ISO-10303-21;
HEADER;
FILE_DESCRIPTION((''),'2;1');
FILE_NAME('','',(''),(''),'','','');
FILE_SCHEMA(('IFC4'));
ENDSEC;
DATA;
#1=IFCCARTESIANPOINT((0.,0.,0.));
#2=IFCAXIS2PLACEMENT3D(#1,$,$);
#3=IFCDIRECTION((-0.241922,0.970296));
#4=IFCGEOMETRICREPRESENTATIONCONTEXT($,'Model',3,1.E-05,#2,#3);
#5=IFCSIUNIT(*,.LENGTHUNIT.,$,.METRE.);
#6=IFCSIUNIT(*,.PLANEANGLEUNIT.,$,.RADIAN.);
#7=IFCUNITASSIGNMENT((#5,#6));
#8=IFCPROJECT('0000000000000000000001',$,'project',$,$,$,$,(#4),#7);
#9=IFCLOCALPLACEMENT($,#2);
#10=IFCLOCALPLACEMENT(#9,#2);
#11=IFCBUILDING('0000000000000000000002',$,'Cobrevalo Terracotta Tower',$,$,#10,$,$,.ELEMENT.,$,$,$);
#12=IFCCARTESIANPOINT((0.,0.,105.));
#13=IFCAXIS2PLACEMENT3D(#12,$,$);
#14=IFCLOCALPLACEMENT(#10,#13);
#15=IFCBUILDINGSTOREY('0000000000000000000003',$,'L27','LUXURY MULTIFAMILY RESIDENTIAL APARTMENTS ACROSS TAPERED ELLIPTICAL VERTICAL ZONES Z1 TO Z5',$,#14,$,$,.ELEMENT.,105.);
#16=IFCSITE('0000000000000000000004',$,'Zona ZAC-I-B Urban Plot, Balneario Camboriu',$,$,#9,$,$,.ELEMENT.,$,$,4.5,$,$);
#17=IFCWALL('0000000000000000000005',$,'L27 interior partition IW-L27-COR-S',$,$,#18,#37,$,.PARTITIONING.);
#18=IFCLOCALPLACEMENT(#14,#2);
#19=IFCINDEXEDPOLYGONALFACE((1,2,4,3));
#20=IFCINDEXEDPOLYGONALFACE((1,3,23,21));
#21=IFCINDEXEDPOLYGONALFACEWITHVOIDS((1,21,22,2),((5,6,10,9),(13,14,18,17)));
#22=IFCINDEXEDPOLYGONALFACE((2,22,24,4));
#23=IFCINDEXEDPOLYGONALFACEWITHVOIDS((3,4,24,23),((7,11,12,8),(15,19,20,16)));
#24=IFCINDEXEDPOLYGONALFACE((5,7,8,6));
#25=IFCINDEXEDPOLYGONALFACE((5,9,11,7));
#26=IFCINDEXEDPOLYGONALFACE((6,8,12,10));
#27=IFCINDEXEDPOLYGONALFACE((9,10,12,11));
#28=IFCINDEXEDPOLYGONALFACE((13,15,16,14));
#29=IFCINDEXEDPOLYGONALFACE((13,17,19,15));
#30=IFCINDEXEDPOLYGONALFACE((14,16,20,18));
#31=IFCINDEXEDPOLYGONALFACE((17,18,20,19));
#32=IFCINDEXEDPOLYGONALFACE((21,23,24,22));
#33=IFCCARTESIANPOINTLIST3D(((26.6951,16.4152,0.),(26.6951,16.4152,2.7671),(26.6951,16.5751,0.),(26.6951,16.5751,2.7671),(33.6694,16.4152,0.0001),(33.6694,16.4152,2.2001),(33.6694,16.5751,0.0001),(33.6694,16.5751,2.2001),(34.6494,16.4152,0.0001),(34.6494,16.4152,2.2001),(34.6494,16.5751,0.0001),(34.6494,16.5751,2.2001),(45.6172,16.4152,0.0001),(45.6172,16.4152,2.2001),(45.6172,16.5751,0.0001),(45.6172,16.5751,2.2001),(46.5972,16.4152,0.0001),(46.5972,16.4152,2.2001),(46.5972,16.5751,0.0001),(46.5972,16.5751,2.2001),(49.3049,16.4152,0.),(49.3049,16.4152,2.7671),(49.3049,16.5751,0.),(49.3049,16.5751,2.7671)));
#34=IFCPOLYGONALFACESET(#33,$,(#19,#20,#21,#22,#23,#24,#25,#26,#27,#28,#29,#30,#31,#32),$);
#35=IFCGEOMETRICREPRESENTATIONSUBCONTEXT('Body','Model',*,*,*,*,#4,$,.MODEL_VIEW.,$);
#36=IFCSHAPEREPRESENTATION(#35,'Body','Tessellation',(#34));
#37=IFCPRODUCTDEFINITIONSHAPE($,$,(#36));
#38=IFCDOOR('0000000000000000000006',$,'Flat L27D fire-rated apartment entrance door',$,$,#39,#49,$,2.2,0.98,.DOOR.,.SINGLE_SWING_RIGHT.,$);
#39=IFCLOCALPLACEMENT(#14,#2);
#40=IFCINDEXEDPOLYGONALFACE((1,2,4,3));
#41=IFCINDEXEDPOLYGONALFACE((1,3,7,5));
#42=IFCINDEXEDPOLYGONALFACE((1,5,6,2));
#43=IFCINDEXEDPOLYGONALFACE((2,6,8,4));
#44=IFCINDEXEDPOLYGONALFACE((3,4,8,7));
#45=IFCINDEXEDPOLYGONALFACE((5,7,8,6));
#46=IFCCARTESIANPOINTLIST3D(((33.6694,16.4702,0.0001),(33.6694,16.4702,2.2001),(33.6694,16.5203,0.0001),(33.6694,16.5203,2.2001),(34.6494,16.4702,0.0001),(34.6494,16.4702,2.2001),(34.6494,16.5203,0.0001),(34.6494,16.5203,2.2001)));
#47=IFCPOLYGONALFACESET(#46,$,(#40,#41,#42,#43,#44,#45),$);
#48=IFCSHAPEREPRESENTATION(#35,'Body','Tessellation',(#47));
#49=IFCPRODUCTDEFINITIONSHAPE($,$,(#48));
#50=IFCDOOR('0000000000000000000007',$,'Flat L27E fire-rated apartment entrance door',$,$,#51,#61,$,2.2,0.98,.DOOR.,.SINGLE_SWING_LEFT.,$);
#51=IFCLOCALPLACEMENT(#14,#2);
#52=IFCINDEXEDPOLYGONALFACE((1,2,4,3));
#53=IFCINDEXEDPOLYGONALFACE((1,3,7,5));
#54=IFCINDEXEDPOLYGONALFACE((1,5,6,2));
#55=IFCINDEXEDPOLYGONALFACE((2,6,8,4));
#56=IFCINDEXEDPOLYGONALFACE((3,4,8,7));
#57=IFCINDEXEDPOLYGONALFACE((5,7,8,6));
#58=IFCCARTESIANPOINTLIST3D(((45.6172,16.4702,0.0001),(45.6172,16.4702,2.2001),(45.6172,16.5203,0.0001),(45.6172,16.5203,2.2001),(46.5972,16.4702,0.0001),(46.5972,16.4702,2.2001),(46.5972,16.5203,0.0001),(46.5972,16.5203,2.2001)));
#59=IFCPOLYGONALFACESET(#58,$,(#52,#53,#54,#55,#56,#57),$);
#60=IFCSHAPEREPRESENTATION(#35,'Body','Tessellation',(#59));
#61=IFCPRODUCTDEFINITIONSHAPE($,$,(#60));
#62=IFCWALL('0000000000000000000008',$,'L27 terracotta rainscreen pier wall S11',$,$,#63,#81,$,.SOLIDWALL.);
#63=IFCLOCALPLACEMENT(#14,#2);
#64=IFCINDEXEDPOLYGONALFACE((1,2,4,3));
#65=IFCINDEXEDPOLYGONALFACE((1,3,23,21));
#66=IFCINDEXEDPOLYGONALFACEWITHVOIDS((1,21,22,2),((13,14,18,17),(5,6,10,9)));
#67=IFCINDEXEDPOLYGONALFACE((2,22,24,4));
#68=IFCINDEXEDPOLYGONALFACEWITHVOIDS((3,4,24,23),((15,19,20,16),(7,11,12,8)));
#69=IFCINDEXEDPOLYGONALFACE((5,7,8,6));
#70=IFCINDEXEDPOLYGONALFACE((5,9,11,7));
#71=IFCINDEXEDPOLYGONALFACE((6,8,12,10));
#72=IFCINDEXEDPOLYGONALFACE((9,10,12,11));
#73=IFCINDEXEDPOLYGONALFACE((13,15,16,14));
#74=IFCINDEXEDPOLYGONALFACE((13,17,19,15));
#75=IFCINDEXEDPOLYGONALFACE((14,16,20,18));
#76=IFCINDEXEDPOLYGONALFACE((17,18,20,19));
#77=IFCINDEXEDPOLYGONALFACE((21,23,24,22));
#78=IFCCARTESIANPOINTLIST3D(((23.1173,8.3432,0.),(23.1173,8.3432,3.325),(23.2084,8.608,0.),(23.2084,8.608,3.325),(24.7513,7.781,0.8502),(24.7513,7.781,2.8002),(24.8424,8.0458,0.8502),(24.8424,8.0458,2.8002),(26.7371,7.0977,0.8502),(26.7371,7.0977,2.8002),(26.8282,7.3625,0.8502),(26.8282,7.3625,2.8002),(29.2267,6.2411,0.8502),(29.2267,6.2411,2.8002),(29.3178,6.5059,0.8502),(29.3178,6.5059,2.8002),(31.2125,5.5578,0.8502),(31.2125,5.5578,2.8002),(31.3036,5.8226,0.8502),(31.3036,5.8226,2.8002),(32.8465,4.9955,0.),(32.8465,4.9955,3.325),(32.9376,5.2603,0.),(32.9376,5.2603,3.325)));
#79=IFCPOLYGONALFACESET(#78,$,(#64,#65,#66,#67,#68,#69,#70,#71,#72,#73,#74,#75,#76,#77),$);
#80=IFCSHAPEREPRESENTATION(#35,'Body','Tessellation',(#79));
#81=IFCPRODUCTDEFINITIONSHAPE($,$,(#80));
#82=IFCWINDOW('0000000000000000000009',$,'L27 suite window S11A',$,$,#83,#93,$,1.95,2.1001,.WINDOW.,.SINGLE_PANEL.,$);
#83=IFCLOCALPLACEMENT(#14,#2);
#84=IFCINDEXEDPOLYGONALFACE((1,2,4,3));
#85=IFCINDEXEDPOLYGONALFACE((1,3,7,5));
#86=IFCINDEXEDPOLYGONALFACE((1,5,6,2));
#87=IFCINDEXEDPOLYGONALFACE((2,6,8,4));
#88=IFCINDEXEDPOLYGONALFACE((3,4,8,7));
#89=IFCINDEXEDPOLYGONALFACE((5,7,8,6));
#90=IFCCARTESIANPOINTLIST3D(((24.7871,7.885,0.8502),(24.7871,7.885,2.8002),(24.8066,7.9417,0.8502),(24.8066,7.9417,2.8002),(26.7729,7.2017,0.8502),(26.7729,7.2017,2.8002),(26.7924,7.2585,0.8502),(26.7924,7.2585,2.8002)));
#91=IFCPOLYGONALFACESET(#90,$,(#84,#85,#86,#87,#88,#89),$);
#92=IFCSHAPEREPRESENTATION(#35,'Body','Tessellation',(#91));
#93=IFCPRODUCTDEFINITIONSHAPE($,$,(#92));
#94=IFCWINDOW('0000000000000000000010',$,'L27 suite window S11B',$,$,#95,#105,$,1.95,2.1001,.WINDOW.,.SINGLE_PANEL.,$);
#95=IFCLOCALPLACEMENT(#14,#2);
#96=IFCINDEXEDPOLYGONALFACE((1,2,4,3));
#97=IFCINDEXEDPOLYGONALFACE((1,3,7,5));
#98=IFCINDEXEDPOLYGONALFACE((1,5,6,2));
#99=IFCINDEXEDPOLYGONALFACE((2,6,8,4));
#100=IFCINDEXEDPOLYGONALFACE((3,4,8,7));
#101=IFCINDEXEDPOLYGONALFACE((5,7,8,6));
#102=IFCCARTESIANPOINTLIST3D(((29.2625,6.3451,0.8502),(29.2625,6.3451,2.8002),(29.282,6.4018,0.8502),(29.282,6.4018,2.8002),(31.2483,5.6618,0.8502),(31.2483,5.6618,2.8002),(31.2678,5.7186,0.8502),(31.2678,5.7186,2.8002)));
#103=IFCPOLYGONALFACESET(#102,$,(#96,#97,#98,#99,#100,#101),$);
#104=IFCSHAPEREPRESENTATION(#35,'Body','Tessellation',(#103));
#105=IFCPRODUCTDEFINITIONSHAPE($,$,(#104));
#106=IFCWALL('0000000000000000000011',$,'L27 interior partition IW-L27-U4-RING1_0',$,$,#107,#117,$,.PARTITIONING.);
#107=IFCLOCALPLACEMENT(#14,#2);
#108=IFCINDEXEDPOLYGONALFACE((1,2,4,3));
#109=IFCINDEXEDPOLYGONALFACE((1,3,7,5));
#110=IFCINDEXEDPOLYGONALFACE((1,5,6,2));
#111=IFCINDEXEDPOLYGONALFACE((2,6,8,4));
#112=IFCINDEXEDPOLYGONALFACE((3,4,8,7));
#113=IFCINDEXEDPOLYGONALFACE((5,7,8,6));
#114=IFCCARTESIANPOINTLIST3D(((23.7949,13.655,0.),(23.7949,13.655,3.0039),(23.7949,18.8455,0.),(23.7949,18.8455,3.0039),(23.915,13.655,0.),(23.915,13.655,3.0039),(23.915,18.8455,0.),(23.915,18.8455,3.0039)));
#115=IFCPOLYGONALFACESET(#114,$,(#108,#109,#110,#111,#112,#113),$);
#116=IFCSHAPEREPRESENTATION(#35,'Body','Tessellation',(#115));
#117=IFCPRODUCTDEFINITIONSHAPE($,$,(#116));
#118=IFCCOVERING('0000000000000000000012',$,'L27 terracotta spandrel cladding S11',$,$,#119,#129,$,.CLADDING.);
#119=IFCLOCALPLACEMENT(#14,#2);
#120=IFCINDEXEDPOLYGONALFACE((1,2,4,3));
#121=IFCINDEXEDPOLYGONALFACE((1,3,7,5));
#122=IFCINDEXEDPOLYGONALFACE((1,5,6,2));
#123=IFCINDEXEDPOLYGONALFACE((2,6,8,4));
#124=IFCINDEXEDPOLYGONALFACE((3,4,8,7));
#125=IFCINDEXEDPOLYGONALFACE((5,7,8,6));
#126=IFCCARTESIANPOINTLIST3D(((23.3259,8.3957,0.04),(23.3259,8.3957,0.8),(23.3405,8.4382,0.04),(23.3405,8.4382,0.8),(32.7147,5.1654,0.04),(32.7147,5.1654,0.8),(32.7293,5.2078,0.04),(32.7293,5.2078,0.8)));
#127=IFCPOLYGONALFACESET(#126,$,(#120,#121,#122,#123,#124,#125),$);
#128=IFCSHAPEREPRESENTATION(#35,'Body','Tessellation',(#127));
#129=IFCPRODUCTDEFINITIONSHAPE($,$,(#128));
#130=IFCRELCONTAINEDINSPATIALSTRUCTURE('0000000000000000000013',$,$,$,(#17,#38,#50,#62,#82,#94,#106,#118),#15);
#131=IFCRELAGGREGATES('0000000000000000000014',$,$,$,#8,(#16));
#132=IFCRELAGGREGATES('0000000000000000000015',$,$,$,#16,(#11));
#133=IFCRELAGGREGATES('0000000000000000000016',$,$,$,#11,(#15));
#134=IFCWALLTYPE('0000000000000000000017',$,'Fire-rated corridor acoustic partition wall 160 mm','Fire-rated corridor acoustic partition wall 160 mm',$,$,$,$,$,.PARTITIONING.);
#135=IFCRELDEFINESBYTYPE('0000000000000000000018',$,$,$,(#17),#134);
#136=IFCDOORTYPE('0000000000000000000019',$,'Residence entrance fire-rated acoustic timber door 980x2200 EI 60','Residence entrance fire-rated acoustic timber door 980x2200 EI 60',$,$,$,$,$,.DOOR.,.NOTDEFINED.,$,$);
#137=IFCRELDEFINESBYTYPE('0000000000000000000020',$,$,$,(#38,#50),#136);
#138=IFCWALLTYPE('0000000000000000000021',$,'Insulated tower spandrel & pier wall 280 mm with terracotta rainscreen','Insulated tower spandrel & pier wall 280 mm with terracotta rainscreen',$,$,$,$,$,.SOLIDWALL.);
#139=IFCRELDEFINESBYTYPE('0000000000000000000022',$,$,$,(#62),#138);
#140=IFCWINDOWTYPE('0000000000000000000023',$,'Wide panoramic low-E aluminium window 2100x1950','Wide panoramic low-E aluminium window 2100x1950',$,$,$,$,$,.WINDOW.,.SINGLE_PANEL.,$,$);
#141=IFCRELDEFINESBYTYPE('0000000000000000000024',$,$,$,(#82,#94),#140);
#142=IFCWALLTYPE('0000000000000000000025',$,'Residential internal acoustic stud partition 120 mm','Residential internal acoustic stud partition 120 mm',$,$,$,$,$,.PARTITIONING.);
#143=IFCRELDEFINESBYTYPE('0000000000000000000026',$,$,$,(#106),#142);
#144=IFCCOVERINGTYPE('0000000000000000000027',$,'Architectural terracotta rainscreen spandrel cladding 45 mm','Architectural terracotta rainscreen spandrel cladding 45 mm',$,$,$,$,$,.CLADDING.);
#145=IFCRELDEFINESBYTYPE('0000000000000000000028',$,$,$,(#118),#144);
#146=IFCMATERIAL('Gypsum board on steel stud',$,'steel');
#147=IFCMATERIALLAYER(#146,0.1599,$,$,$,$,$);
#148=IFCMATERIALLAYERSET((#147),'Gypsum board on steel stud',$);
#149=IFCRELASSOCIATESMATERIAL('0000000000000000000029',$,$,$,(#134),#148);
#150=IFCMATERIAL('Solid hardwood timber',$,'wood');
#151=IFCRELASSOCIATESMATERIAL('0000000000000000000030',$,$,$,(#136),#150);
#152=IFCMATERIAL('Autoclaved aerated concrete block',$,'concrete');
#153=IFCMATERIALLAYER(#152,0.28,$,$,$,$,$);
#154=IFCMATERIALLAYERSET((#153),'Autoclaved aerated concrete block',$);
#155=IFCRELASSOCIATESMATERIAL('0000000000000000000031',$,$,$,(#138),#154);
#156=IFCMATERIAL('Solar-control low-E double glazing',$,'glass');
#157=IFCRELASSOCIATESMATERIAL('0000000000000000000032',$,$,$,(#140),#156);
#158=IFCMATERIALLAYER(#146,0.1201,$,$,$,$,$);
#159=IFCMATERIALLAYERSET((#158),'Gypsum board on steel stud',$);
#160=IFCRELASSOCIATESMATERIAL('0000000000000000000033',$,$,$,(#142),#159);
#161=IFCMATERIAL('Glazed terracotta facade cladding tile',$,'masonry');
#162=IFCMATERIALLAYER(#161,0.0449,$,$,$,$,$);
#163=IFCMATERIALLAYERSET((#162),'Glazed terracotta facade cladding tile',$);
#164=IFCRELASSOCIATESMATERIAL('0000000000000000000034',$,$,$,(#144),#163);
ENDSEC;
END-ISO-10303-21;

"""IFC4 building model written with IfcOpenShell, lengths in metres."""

from ifc_helpers import new_model, si_unit, direction, frame, frame_2d, origin, origin_2d, place, context, subcontext, project, spatial, rectangle, extrude, source, transform, mapped, material, layer, layer_set, type_object, element, fill, save


model = new_model("IFC4")

# Units and contexts
model_context = context("Model", 3, precision=1e-05, world=origin(), true_north=direction((-0.241922, 0.970296)))
body_context = subcontext(model_context, "Body", "Model", "MODEL_VIEW")
ifc_project = project(units=[si_unit("LENGTHUNIT", "METRE"), si_unit("PLANEANGLEUNIT", "RADIAN")], contexts=[model_context])

# Site, building, storey
site_placement = place(None, origin())
site = spatial("IfcSite", under=ifc_project, at=site_placement, Name="Zona ZAC-I-B Urban Plot, Balneario Camboriu", CompositionType="ELEMENT", RefElevation=4.5)
building_placement = place(site_placement, origin())
building = spatial("IfcBuilding", under=site, at=building_placement, Name="Cobrevalo Terracotta Tower", CompositionType="ELEMENT")
storey_placement = place(building_placement, frame((0.0, 0.0, 105.0)))
storey = spatial("IfcBuildingStorey", under=building, at=storey_placement, Name="L27", Description="LUXURY MULTIFAMILY RESIDENTIAL APARTMENTS ACROSS TAPERED ELLIPTICAL VERTICAL ZONES Z1 TO Z5", CompositionType="ELEMENT", Elevation=105.0)

# Wall, openings, doors
ifc_material_1 = material(Name="Gypsum board on steel stud", Category="steel")
ifc_layer_1 = layer(ifc_material_1, 0.1599)
ifc_layer_set_1 = layer_set([ifc_layer_1], Name="Gypsum board on steel stud")
wall_type_1 = type_object("IfcWallType", Name="Fire-rated corridor acoustic partition wall 160 mm", Description="Fire-rated corridor acoustic partition wall 160 mm", PredefinedType="PARTITIONING", material=ifc_layer_set_1)
wall_1_placement = place(storey_placement, frame((26.6951, 16.4951, 0.0), z_axis=(0.0, 0.0, 1.0), x_axis=(1.0, 0.0, 0.0)))
wall_1 = element("IfcWall", 1, at=wall_1_placement, inside=storey, type_object=wall_type_1, Name="L27 interior partition IW-L27-COR-S", PredefinedType="PARTITIONING", context=body_context, shape_type="SweptSolid", body=[
    extrude(rectangle(XDim=22.6099, YDim=0.1599, at=frame_2d((11.3049, 0.0))), origin(), (0.0, 0.0, 1.0), 2.7671),
])
opening_1_placement = place(wall_1_placement, frame((6.9744, 0.0, 0.0)))
opening_1 = element("IfcOpeningElement", 2, at=opening_1_placement, cuts=wall_1, PredefinedType="OPENING", context=body_context, shape_type="SweptSolid", body=[
    extrude(rectangle(XDim=0.98, YDim=2.2, at=frame_2d((0.49, 1.1001))), frame((0.0, 0.0898, 0.0), z_axis=(0.0, -1.0, 0.0), x_axis=(1.0, 0.0, 0.0)), (0.0, 0.0, 1.0), 0.1799),
])
opening_2_placement = place(wall_1_placement, frame((18.9221, 0.0, 0.0)))
opening_2 = element("IfcOpeningElement", 3, at=opening_2_placement, cuts=wall_1, PredefinedType="OPENING", context=body_context, shape_type="SweptSolid", body=[
    extrude(rectangle(XDim=0.98, YDim=2.2, at=frame_2d((0.49, 1.1001))), frame((0.0, 0.0898, 0.0), z_axis=(0.0, -1.0, 0.0), x_axis=(1.0, 0.0, 0.0)), (0.0, 0.0, 1.0), 0.1799),
])
ifc_material_2 = material(Name="Solid hardwood timber", Category="wood")
door_type = type_object("IfcDoorType", Name="Residence entrance fire-rated acoustic timber door 980x2200 EI 60", Description="Residence entrance fire-rated acoustic timber door 980x2200 EI 60", OperationType="NOTDEFINED", PredefinedType="DOOR", material=ifc_material_2)
shared_shape_1 = source(origin(), body_context, "Body", "SweptSolid", [
    extrude(rectangle(XDim=0.98, YDim=2.2, at=frame_2d((0.49, 1.1001))), frame((0.0, 0.0249, 0.0), z_axis=(0.0, -1.0, 0.0), x_axis=(1.0, 0.0, 0.0)), (0.0, 0.0, 1.0), 0.05),
])
door_1_placement = place(opening_1_placement, frame((0.98, 0.0, 0.0), z_axis=(0.0, 0.0, 1.0), x_axis=(-1.0, 0.0, 0.0)))
door_1 = element("IfcDoor", 4, at=door_1_placement, inside=storey, type_object=door_type, Name="Flat L27D fire-rated apartment entrance door", OperationType="SINGLE_SWING_RIGHT", OverallHeight=2.2, OverallWidth=0.98, PredefinedType="DOOR", context=body_context, shape_type="MappedRepresentation", body=[
    mapped(shared_shape_1, transform((0.0, 0.0, 0.0), scale=1.0)),
])
fill(opening_1, door_1)
door_2_placement = place(opening_2_placement, frame((0.98, 0.0, 0.0), z_axis=(0.0, 0.0, 1.0), x_axis=(-1.0, 0.0, 0.0)))
door_2 = element("IfcDoor", 5, at=door_2_placement, inside=storey, type_object=door_type, Name="Flat L27E fire-rated apartment entrance door", OperationType="SINGLE_SWING_LEFT", OverallHeight=2.2, OverallWidth=0.98, PredefinedType="DOOR", context=body_context, shape_type="MappedRepresentation", body=[
    mapped(shared_shape_1, transform((0.0, 0.0, 0.0), scale=1.0)),
])
fill(opening_2, door_2)

# Wall, openings, windows
ifc_material_3 = material(Name="Autoclaved aerated concrete block", Category="concrete")
ifc_layer_2 = layer(ifc_material_3, 0.28)
ifc_layer_set_2 = layer_set([ifc_layer_2], Name="Autoclaved aerated concrete block")
wall_type_2 = type_object("IfcWallType", Name="Insulated tower spandrel & pier wall 280 mm with terracotta rainscreen", Description="Insulated tower spandrel & pier wall 280 mm with terracotta rainscreen", PredefinedType="SOLIDWALL", material=ifc_layer_set_2)
wall_2_placement = place(storey_placement, frame((23.1628, 8.4756, 0.0), z_axis=(0.0, 0.0, 1.0), x_axis=(0.94559, -0.32536, 0.0)))
wall_2 = element("IfcWall", 6, at=wall_2_placement, inside=storey, type_object=wall_type_2, Name="L27 terracotta rainscreen pier wall S11", PredefinedType="SOLIDWALL", context=body_context, shape_type="SweptSolid", body=[
    extrude(rectangle(XDim=10.2891, YDim=0.28, at=frame_2d((5.1445, 0.0))), origin(), (0.0, 0.0, 1.0), 3.325),
])
opening_3_placement = place(wall_2_placement, frame((1.728, 0.0, 0.8501)))
opening_3 = element("IfcOpeningElement", 7, at=opening_3_placement, cuts=wall_2, PredefinedType="OPENING", context=body_context, shape_type="SweptSolid", body=[
    extrude(rectangle(XDim=2.1001, YDim=1.95, at=frame_2d((1.05, 0.9751))), frame((0.0, 0.1499, 0.0), z_axis=(0.0, -1.0, 0.0), x_axis=(1.0, 0.0, 0.0)), (0.0, 0.0, 1.0), 0.3),
])
opening_4_placement = place(wall_2_placement, frame((6.4609, 0.0, 0.8501)))
opening_4 = element("IfcOpeningElement", 8, at=opening_4_placement, cuts=wall_2, PredefinedType="OPENING", context=body_context, shape_type="SweptSolid", body=[
    extrude(rectangle(XDim=2.1001, YDim=1.95, at=frame_2d((1.05, 0.9751))), frame((0.0, 0.1499, 0.0), z_axis=(0.0, -1.0, 0.0), x_axis=(1.0, 0.0, 0.0)), (0.0, 0.0, 1.0), 0.3),
])
ifc_material_4 = material(Name="Solar-control low-E double glazing", Category="glass")
window_type = type_object("IfcWindowType", Name="Wide panoramic low-E aluminium window 2100x1950", Description="Wide panoramic low-E aluminium window 2100x1950", PartitioningType="SINGLE_PANEL", PredefinedType="WINDOW", material=ifc_material_4)
shared_shape_2 = source(origin(), body_context, "Body", "SweptSolid", [
    extrude(rectangle(XDim=2.1001, YDim=1.95, at=frame_2d((1.05, 0.9751))), frame((0.0, 0.03, 0.0), z_axis=(0.0, -1.0, 0.0), x_axis=(1.0, 0.0, 0.0)), (0.0, 0.0, 1.0), 0.0601),
])
window_1_placement = place(opening_3_placement, origin())
window_1 = element("IfcWindow", 9, at=window_1_placement, inside=storey, type_object=window_type, Name="L27 suite window S11A", OverallHeight=1.95, OverallWidth=2.1001, PartitioningType="SINGLE_PANEL", PredefinedType="WINDOW", context=body_context, shape_type="MappedRepresentation", body=[
    mapped(shared_shape_2, transform((0.0, 0.0, 0.0), scale=1.0)),
])
fill(opening_3, window_1)
window_2_placement = place(opening_4_placement, origin())
window_2 = element("IfcWindow", 10, at=window_2_placement, inside=storey, type_object=window_type, Name="L27 suite window S11B", OverallHeight=1.95, OverallWidth=2.1001, PartitioningType="SINGLE_PANEL", PredefinedType="WINDOW", context=body_context, shape_type="MappedRepresentation", body=[
    mapped(shared_shape_2, transform((0.0, 0.0, 0.0), scale=1.0)),
])
fill(opening_4, window_2)

# Wall
ifc_layer_3 = layer(ifc_material_1, 0.1201)
ifc_layer_set_3 = layer_set([ifc_layer_3], Name="Gypsum board on steel stud")
wall_type_3 = type_object("IfcWallType", Name="Residential internal acoustic stud partition 120 mm", Description="Residential internal acoustic stud partition 120 mm", PredefinedType="PARTITIONING", material=ifc_layer_set_3)
wall_3_placement = place(storey_placement, frame((23.855, 13.655, 0.0), z_axis=(0.0, 0.0, 1.0), x_axis=(0.0, 1.0, 0.0)))
element("IfcWall", 11, at=wall_3_placement, inside=storey, type_object=wall_type_3, Name="L27 interior partition IW-L27-U4-RING1_0", PredefinedType="PARTITIONING", context=body_context, shape_type="SweptSolid", body=[
    extrude(rectangle(XDim=5.1904, YDim=0.1201, at=frame_2d((2.5952, 0.0))), origin(), (0.0, 0.0, 1.0), 3.0039),
])

# Covering
ifc_material_5 = material(Name="Glazed terracotta facade cladding tile", Category="masonry")
ifc_layer_4 = layer(ifc_material_5, 0.0449)
ifc_layer_set_4 = layer_set([ifc_layer_4], Name="Glazed terracotta facade cladding tile")
covering_type = type_object("IfcCoveringType", Name="Architectural terracotta rainscreen spandrel cladding 45 mm", Description="Architectural terracotta rainscreen spandrel cladding 45 mm", PredefinedType="CLADDING", material=ifc_layer_set_4)
shared_shape_3 = source(origin(), body_context, "Body", "SweptSolid", [
    extrude(rectangle(XDim=9.929, YDim=0.0449, at=origin_2d()), origin(), (0.0, 0.0, 1.0), 0.76),
])
covering_placement = place(storey_placement, frame((28.0276, 6.8018, 0.04), z_axis=(0.0, 0.0, 1.0), x_axis=(0.945596, -0.325342, 0.0)))
element("IfcCovering", 12, at=covering_placement, inside=storey, type_object=covering_type, Name="L27 terracotta spandrel cladding S11", PredefinedType="CLADDING", context=body_context, shape_type="MappedRepresentation", body=[
    mapped(shared_shape_3, transform((0.0, 0.0, 0.0), scale=1.0)),
])

save(model, "model.ifc")
